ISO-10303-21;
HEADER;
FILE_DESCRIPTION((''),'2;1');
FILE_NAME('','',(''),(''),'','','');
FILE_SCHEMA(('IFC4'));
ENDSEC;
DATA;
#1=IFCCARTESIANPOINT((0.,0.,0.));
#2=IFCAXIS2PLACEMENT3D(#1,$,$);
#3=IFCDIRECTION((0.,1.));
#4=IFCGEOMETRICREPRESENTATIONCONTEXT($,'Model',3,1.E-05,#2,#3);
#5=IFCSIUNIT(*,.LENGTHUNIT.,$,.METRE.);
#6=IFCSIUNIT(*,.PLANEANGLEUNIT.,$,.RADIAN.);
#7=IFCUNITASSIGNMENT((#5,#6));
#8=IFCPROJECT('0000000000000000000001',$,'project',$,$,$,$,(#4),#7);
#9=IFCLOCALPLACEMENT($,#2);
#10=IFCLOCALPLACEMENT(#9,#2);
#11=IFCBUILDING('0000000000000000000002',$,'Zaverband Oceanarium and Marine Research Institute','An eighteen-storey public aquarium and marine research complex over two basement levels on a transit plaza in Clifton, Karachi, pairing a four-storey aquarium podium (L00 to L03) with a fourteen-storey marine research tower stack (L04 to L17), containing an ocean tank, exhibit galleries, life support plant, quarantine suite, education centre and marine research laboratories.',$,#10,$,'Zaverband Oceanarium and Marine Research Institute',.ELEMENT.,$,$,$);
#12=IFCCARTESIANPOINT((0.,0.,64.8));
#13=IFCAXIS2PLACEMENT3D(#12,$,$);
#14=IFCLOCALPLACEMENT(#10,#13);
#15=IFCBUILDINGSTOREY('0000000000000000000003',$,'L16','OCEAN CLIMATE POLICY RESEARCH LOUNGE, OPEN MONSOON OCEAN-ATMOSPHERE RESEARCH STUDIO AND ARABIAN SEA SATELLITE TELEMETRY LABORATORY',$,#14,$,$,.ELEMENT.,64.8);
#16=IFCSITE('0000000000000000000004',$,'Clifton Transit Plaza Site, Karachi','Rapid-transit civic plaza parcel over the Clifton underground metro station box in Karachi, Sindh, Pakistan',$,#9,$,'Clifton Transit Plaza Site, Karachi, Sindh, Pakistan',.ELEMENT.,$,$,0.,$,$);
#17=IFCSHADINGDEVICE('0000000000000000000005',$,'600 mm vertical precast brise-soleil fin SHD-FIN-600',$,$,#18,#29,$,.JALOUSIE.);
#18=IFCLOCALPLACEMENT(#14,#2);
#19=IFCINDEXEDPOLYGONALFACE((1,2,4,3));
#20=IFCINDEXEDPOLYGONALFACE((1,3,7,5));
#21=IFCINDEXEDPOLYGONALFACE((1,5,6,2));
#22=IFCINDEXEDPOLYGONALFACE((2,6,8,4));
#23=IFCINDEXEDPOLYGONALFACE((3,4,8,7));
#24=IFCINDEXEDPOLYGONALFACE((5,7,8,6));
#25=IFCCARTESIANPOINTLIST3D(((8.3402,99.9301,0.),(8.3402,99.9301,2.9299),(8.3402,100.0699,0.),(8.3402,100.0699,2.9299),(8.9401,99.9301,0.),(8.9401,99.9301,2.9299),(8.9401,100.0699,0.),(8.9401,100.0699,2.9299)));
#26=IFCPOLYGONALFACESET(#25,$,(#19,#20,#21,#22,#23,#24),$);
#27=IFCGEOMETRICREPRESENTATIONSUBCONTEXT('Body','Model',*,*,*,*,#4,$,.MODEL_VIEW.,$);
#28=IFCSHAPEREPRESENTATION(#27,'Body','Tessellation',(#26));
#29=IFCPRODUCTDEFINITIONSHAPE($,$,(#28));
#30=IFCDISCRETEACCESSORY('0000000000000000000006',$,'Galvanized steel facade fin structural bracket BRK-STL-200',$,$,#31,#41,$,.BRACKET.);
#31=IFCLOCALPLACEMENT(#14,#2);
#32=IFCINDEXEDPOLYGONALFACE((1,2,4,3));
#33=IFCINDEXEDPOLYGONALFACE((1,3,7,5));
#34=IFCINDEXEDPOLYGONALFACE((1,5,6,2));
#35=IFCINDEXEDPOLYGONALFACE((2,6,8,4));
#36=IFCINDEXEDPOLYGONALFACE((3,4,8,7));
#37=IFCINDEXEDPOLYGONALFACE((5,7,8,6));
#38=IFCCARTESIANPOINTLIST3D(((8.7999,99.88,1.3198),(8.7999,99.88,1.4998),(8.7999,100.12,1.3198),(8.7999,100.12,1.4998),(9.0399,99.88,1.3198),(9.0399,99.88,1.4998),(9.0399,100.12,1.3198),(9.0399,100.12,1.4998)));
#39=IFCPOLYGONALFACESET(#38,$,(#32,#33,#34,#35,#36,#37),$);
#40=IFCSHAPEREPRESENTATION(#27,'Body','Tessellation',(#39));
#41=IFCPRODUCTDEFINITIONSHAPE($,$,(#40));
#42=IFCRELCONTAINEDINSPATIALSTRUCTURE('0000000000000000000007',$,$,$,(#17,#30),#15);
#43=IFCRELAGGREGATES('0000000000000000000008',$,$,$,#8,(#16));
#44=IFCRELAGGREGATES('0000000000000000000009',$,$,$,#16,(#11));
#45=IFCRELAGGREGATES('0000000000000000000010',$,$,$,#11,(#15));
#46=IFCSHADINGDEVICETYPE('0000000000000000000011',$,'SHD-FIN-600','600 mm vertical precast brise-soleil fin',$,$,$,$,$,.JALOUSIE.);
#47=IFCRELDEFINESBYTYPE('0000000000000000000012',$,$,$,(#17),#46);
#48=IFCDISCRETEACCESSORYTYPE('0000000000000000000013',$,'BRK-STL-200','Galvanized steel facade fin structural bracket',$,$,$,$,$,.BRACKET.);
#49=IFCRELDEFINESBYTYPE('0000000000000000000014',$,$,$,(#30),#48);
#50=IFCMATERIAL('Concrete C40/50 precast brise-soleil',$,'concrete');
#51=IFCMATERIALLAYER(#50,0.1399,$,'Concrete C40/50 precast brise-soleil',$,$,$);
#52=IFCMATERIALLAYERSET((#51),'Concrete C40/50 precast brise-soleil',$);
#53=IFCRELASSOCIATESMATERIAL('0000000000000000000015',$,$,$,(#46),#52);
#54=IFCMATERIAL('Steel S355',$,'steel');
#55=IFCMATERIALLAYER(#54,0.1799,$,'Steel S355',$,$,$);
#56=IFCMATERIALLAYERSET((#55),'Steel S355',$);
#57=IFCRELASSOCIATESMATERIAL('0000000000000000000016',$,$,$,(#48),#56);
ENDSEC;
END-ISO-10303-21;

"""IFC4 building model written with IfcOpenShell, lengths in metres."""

from ifc_helpers import new_model, si_unit, direction, frame, frame_2d, origin, origin_2d, place, context, subcontext, project, spatial, rectangle, extrude, material, layer, layer_set, type_object, element, save


model = new_model("IFC4")

# Units and contexts
model_context = context("Model", 3, precision=1e-05, world=origin(), true_north=direction((0.0, 1.0)))
body_context = subcontext(model_context, "Body", "Model", "MODEL_VIEW")
ifc_project = project(units=[si_unit("LENGTHUNIT", "METRE"), si_unit("PLANEANGLEUNIT", "RADIAN")], contexts=[model_context])

# Site, building, storey
site_placement = place(None, origin())
site = spatial("IfcSite", under=ifc_project, at=site_placement, Name="Clifton Transit Plaza Site, Karachi", Description="Rapid-transit civic plaza parcel over the Clifton underground metro station box in Karachi, Sindh, Pakistan", LongName="Clifton Transit Plaza Site, Karachi, Sindh, Pakistan", CompositionType="ELEMENT", RefElevation=0.0)
building_placement = place(site_placement, origin())
building = spatial("IfcBuilding", under=site, at=building_placement, Name="Zaverband Oceanarium and Marine Research Institute", Description="An eighteen-storey public aquarium and marine research complex over two basement levels on a transit plaza in Clifton, Karachi, pairing a four-storey aquarium podium (L00 to L03) with a fourteen-storey marine research tower stack (L04 to L17), containing an ocean tank, exhibit galleries, life support plant, quarantine suite, education centre and marine research laboratories.", LongName="Zaverband Oceanarium and Marine Research Institute", CompositionType="ELEMENT")
storey_placement = place(building_placement, frame((0.0, 0.0, 64.8)))
storey = spatial("IfcBuildingStorey", under=building, at=storey_placement, Name="L16", Description="OCEAN CLIMATE POLICY RESEARCH LOUNGE, OPEN MONSOON OCEAN-ATMOSPHERE RESEARCH STUDIO AND ARABIAN SEA SATELLITE TELEMETRY LABORATORY", CompositionType="ELEMENT", Elevation=64.8)

# Shading device
ifc_material_1 = material(Name="Concrete C40/50 precast brise-soleil", Category="concrete")
ifc_layer_1 = layer(ifc_material_1, 0.1399, Name="Concrete C40/50 precast brise-soleil")
ifc_layer_set_1 = layer_set([ifc_layer_1], Name="Concrete C40/50 precast brise-soleil")
shading_device_type = type_object("IfcShadingDeviceType", Name="SHD-FIN-600", Description="600 mm vertical precast brise-soleil fin", PredefinedType="JALOUSIE", material=ifc_layer_set_1)
shading_device_placement = place(storey_placement, frame((8.9399, 100.0, 0.0), z_axis=(0.0, 0.0, 1.0), x_axis=(-1.0, 0.0, 0.0)))
element("IfcShadingDevice", 1, at=shading_device_placement, inside=storey, type_object=shading_device_type, Name="600 mm vertical precast brise-soleil fin SHD-FIN-600", PredefinedType="JALOUSIE", context=body_context, shape_type="SweptSolid", body=[
    extrude(rectangle(XDim=0.5999, YDim=0.1399, at=frame_2d((0.2998, 0.0))), origin(), (0.0, 0.0, 1.0), 2.9299),
])

# Discrete accessory
ifc_material_2 = material(Name="Steel S355", Category="steel")
ifc_layer_2 = layer(ifc_material_2, 0.1799, Name="Steel S355")
ifc_layer_set_2 = layer_set([ifc_layer_2], Name="Steel S355")
discrete_accessory_type = type_object("IfcDiscreteAccessoryType", Name="BRK-STL-200", Description="Galvanized steel facade fin structural bracket", PredefinedType="BRACKET", material=ifc_layer_set_2)
discrete_accessory_placement = place(storey_placement, frame((8.9199, 100.0, 1.3198), z_axis=(0.0, 0.0, 1.0), x_axis=(1.0, 0.0, 0.0)))
element("IfcDiscreteAccessory", 2, at=discrete_accessory_placement, inside=storey, type_object=discrete_accessory_type, Name="Galvanized steel facade fin structural bracket BRK-STL-200", PredefinedType="BRACKET", context=body_context, shape_type="SweptSolid", body=[
    extrude(rectangle(XDim=0.24, YDim=0.24, at=origin_2d()), origin(), (0.0, 0.0, 1.0), 0.1799),
])

save(model, "model.ifc")
